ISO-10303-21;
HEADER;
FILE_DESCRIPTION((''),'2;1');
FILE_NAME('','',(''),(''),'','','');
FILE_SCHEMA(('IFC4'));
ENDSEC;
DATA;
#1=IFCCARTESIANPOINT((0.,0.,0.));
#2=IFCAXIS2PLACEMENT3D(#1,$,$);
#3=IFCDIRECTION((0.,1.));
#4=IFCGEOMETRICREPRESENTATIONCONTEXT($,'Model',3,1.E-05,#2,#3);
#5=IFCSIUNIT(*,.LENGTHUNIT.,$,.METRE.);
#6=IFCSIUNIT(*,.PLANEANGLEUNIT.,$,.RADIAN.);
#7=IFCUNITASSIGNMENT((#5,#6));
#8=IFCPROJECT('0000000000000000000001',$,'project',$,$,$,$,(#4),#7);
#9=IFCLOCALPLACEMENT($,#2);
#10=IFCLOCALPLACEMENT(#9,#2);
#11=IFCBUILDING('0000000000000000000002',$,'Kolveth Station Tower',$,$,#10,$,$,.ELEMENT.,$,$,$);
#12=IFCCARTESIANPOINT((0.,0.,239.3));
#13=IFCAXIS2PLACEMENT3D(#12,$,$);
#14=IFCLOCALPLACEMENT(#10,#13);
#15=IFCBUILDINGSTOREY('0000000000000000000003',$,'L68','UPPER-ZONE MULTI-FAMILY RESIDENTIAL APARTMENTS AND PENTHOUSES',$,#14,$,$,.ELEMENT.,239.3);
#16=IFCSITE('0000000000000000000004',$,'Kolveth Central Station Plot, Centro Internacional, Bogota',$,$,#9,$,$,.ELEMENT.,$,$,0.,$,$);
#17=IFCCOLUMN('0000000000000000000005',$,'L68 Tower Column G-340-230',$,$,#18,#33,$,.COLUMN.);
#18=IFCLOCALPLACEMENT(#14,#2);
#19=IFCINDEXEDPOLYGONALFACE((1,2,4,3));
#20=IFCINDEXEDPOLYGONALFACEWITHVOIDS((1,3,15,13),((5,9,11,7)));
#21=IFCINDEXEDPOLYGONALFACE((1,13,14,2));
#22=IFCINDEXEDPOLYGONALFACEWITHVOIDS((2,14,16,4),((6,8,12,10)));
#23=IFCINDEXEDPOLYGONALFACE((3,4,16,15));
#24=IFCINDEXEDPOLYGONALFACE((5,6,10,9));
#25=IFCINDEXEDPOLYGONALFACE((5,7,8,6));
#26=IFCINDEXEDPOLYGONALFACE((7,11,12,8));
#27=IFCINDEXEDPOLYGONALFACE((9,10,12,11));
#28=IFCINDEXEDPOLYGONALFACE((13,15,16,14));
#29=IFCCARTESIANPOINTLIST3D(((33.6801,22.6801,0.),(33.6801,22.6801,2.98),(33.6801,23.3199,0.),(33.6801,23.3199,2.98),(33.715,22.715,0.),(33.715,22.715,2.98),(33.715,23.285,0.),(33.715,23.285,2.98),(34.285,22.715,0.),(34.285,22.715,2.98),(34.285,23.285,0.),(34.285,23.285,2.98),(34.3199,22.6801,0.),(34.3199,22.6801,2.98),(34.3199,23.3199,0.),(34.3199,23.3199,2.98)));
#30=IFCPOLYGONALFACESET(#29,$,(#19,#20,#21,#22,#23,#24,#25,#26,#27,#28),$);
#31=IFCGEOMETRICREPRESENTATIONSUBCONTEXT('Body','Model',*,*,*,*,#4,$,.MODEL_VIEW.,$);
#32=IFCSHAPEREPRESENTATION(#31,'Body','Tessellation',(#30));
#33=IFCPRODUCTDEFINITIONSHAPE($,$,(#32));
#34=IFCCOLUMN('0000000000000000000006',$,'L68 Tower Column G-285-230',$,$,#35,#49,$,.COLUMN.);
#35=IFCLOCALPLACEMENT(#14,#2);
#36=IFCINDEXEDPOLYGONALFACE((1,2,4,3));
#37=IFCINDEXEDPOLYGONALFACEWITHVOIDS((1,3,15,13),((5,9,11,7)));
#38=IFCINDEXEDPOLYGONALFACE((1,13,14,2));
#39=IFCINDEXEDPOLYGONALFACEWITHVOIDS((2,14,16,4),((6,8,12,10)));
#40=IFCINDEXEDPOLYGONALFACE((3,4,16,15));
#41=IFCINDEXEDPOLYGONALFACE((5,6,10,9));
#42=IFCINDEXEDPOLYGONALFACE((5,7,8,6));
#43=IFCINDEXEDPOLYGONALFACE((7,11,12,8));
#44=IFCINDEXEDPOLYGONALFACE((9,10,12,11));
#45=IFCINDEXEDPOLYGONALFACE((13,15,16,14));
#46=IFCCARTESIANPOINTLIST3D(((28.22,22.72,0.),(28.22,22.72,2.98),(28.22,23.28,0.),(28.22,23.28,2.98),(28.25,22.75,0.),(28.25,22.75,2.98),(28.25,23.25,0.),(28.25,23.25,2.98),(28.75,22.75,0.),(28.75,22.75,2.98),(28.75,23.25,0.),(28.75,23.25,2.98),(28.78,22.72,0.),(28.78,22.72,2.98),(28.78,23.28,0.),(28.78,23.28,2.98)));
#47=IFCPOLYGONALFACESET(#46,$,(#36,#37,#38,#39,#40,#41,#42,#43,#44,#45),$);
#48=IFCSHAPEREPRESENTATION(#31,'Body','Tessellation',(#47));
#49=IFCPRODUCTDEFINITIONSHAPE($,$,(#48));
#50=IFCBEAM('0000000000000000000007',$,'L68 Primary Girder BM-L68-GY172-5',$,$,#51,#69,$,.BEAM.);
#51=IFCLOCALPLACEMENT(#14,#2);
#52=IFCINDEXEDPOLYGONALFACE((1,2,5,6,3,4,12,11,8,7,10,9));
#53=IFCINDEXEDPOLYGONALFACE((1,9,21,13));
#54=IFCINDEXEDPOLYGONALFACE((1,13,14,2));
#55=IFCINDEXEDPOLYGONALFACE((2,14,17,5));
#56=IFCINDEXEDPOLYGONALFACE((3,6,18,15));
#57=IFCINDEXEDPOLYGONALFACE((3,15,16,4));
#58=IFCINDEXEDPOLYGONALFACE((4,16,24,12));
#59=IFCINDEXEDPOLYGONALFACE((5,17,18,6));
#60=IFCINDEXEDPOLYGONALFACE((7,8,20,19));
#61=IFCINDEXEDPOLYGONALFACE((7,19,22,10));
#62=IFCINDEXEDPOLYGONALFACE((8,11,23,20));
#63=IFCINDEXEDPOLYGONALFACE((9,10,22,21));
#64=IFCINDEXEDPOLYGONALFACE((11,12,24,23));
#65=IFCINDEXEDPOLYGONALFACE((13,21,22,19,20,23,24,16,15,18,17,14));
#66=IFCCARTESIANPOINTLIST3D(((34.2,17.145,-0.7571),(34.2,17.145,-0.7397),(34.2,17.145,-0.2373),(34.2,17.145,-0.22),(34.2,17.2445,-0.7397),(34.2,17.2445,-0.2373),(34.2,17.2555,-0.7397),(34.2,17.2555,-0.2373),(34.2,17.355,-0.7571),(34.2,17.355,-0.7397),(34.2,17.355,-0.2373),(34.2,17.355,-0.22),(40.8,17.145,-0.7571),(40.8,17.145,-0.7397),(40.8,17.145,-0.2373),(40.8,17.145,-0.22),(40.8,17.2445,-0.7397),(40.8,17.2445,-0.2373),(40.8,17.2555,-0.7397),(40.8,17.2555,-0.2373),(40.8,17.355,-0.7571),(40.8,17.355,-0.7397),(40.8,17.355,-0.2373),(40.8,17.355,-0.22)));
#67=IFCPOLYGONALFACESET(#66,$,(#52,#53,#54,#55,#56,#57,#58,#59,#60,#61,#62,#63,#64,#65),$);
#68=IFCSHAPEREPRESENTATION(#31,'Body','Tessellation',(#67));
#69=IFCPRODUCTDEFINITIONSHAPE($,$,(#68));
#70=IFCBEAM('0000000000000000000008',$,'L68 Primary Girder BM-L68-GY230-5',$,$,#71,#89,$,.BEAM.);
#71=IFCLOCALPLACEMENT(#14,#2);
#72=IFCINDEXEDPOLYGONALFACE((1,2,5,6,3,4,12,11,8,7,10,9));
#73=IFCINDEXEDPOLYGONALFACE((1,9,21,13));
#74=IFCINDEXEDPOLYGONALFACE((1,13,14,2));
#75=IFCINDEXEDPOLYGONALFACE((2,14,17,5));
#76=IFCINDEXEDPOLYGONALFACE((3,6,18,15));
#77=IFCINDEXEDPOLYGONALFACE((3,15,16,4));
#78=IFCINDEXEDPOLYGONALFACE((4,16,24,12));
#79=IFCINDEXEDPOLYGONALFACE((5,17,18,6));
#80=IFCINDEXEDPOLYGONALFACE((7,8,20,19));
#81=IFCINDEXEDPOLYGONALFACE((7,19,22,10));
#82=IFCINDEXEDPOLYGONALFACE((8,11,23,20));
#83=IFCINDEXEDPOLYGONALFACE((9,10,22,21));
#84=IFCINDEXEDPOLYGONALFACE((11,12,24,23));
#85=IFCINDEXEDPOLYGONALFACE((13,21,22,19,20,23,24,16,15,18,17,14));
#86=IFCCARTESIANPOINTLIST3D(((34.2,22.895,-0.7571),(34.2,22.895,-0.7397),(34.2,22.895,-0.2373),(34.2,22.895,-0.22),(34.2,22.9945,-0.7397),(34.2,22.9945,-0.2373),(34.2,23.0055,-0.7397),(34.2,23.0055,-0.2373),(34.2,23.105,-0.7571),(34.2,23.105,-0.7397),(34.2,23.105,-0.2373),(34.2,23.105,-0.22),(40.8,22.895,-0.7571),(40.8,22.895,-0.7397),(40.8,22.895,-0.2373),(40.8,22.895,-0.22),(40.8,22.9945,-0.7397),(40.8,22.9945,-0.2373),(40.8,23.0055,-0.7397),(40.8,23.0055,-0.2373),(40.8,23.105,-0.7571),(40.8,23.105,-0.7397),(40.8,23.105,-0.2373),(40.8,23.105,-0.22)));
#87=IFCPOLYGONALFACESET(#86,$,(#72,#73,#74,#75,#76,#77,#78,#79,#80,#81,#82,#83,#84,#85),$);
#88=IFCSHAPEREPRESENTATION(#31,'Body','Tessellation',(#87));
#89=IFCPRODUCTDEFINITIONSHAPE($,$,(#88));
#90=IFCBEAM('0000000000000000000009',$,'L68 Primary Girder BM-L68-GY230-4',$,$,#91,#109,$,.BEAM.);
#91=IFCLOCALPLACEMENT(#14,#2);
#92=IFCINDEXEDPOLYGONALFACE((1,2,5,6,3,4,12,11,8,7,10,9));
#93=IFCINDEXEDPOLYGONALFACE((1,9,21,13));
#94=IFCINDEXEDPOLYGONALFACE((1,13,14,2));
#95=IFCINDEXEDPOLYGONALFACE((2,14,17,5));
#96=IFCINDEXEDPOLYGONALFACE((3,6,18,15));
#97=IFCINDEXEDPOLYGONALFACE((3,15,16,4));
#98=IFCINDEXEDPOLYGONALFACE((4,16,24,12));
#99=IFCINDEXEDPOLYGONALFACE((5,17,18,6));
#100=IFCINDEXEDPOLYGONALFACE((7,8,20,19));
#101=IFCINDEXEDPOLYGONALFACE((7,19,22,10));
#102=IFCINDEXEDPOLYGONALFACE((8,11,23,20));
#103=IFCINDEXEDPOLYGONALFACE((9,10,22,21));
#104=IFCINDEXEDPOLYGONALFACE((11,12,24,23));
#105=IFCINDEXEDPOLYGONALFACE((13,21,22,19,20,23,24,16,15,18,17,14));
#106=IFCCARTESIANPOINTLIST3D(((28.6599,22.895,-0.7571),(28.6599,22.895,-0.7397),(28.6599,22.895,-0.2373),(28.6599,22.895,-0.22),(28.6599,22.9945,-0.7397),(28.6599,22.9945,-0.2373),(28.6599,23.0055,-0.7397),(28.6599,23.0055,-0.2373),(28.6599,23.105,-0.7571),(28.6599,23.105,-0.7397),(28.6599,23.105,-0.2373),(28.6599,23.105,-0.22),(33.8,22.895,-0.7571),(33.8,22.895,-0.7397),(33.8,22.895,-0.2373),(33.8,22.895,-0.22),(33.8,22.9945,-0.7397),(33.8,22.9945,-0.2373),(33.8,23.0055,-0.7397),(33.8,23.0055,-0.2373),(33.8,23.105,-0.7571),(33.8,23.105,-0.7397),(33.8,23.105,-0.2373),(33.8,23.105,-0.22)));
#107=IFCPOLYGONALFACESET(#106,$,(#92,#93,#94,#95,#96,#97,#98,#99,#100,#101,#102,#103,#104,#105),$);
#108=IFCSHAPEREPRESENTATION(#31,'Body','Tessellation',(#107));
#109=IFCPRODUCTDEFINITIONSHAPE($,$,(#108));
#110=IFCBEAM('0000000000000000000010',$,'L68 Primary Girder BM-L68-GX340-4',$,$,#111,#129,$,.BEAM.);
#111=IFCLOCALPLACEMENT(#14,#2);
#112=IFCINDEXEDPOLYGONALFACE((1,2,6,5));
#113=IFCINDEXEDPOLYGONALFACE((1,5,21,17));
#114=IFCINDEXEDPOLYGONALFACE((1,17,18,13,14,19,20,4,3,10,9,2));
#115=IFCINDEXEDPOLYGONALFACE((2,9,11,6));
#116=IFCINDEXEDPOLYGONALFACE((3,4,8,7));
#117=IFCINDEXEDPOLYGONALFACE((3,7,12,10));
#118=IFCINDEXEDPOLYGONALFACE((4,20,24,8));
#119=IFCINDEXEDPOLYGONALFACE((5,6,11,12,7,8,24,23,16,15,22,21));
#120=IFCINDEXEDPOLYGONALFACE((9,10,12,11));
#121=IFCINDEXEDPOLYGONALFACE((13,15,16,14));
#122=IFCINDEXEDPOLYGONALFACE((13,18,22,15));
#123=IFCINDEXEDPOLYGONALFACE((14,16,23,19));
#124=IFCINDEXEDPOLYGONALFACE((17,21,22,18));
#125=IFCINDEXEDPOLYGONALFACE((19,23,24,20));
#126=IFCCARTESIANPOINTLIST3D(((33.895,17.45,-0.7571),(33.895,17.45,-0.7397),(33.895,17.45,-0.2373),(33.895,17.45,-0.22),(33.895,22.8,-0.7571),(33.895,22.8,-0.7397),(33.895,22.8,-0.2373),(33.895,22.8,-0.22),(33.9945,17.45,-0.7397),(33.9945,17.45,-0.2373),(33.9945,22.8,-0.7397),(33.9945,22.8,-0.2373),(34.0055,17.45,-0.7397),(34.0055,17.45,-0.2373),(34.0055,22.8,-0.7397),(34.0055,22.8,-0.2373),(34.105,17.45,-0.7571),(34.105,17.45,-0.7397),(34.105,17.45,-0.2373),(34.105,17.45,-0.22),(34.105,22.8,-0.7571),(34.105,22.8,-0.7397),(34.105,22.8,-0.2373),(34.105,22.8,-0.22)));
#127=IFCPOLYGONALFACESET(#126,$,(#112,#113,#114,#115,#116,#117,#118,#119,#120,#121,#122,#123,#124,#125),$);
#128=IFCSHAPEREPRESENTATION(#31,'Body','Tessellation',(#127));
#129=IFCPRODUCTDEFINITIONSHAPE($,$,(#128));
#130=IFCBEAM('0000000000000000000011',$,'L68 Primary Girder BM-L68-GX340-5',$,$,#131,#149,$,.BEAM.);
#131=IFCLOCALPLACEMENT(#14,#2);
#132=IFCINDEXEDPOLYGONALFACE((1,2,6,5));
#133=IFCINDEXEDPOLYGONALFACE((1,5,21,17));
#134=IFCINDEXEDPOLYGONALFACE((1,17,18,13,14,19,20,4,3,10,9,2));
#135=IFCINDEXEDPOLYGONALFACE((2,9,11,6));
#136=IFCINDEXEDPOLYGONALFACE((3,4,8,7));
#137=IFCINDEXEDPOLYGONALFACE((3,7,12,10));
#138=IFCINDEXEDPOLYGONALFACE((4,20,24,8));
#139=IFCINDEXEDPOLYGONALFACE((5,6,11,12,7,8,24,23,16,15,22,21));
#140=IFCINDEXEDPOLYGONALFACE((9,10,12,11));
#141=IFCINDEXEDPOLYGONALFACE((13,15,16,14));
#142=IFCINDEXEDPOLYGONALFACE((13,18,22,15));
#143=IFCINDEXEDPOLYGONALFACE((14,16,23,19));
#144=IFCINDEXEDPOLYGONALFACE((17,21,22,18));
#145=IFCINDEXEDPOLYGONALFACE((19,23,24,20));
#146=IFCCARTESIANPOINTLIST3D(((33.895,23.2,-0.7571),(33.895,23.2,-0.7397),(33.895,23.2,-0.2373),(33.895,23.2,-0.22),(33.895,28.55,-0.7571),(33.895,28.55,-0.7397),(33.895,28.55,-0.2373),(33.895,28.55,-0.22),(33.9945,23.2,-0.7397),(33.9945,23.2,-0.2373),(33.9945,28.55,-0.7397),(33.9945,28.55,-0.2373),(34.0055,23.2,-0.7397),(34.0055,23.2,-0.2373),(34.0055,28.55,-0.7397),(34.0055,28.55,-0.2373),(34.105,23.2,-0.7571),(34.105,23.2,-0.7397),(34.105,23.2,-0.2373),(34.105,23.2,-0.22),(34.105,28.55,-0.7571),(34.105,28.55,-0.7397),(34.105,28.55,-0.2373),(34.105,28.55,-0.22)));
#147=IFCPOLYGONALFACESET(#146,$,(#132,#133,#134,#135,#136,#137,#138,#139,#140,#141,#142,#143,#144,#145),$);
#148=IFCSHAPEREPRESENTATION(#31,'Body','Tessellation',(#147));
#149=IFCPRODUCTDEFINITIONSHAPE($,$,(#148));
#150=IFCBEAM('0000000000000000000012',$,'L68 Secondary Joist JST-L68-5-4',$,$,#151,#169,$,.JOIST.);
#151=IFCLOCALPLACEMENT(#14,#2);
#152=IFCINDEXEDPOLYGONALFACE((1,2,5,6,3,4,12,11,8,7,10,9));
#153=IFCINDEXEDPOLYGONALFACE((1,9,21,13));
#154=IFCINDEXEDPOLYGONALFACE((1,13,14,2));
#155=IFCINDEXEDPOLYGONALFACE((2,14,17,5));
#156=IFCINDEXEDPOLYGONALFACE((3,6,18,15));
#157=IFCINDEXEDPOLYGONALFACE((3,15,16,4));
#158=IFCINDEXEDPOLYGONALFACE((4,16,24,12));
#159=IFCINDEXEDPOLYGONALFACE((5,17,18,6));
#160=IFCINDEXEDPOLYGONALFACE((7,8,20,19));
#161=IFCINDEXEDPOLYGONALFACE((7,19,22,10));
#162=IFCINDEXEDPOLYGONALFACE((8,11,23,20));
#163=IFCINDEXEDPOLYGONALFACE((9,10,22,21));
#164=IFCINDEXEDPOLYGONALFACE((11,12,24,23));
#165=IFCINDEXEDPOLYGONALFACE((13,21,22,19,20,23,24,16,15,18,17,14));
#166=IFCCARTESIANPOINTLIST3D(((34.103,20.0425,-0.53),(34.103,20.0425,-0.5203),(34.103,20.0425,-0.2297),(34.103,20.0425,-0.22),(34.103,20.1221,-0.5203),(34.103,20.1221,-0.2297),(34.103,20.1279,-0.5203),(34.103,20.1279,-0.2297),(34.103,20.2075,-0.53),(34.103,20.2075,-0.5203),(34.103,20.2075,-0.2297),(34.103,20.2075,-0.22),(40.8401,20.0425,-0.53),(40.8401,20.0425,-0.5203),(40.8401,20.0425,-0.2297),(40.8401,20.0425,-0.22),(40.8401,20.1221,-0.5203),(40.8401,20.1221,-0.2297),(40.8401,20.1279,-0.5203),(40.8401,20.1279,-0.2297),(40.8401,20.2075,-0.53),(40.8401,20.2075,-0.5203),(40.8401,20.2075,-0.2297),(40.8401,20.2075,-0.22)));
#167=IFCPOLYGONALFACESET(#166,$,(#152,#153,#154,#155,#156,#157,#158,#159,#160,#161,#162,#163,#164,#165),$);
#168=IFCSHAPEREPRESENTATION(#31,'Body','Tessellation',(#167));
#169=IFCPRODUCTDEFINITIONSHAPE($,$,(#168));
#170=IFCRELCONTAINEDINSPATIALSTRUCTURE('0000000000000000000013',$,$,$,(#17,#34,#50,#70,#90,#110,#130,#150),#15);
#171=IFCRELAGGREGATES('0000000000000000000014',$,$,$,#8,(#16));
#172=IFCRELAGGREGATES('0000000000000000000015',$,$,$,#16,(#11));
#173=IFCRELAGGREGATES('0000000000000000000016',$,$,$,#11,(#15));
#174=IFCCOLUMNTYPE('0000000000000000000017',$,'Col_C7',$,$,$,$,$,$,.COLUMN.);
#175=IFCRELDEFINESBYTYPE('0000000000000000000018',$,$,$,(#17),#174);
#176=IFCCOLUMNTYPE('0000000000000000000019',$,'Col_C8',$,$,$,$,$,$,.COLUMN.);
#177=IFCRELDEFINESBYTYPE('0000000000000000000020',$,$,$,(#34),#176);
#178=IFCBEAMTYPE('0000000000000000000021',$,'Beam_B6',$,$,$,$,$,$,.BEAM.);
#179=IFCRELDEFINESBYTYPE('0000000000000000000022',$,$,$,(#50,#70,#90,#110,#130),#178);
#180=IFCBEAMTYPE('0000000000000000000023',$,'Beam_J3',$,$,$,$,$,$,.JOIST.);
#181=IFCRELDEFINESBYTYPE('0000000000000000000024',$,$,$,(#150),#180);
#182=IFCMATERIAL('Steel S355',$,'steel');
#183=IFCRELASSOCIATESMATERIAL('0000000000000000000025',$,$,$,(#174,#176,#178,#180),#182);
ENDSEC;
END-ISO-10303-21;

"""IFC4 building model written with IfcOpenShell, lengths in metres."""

from ifc_helpers import new_model, si_unit, direction, frame, origin, origin_2d, place, context, subcontext, project, spatial, hollow_rectangle, i_section, extrude, source, transform, mapped, material, material_profile, profile_set, type_object, element, save


model = new_model("IFC4")

# Units and contexts
model_context = context("Model", 3, precision=1e-05, world=origin(), true_north=direction((0.0, 1.0)))
body_context = subcontext(model_context, "Body", "Model", "MODEL_VIEW")
ifc_project = project(units=[si_unit("LENGTHUNIT", "METRE"), si_unit("PLANEANGLEUNIT", "RADIAN")], contexts=[model_context])

# Site, building, storey
site_placement = place(None, origin())
site = spatial("IfcSite", under=ifc_project, at=site_placement, Name="Kolveth Central Station Plot, Centro Internacional, Bogota", CompositionType="ELEMENT", RefElevation=0.0)
building_placement = place(site_placement, origin())
building = spatial("IfcBuilding", under=site, at=building_placement, Name="Kolveth Station Tower", CompositionType="ELEMENT")
storey_placement = place(building_placement, frame((0.0, 0.0, 239.3)))
storey = spatial("IfcBuildingStorey", under=building, at=storey_placement, Name="L68", Description="UPPER-ZONE MULTI-FAMILY RESIDENTIAL APARTMENTS AND PENTHOUSES", CompositionType="ELEMENT", Elevation=239.3)

# Columns
ifc_material_1 = material(Name="Steel S355", Category="steel")
ifc_material_profile_1 = material_profile(ifc_material_1, hollow_rectangle(XDim=0.6399, YDim=0.6399, WallThickness=0.0349, at=origin_2d()), Name="BOX640x640x35")
ifc_profile_set_1 = profile_set([ifc_material_profile_1], Name="Steel S355")
column_type_1 = type_object("IfcColumnType", Name="Col_C7", PredefinedType="COLUMN", material=ifc_profile_set_1)
shared_shape_1 = source(origin(), body_context, "Body", "SweptSolid", [
    extrude(hollow_rectangle(XDim=0.6399, YDim=0.6399, WallThickness=0.0349, at=origin_2d()), origin(), (0.0, 0.0, 1.0), 2.98),
])
column_1_placement = place(storey_placement, frame((34.0, 23.0, 0.0), z_axis=(0.0, 0.0, 1.0), x_axis=(1.0, 0.0, 0.0)))
element("IfcColumn", 1, at=column_1_placement, inside=storey, type_object=column_type_1, Name="L68 Tower Column G-340-230", PredefinedType="COLUMN", context=body_context, shape_type="MappedRepresentation", body=[
    mapped(shared_shape_1, transform((0.0, 0.0, 0.0), x_axis=(1.0, 0.0, 0.0), y_axis=(0.0, 1.0, 0.0), z_axis=(0.0, 0.0, 1.0), scale=1.0)),
])
ifc_material_profile_2 = material_profile(ifc_material_1, hollow_rectangle(XDim=0.5601, YDim=0.5601, WallThickness=0.03, at=origin_2d()), Name="BOX560x560x30")
ifc_profile_set_2 = profile_set([ifc_material_profile_2], Name="Steel S355")
column_type_2 = type_object("IfcColumnType", Name="Col_C8", PredefinedType="COLUMN", material=ifc_profile_set_2)
shared_shape_2 = source(origin(), body_context, "Body", "SweptSolid", [
    extrude(hollow_rectangle(XDim=0.5601, YDim=0.5601, WallThickness=0.03, at=origin_2d()), origin(), (0.0, 0.0, 1.0), 2.98),
])
column_2_placement = place(storey_placement, frame((28.5, 23.0, 0.0), z_axis=(0.0, 0.0, 1.0), x_axis=(1.0, 0.0, 0.0)))
element("IfcColumn", 2, at=column_2_placement, inside=storey, type_object=column_type_2, Name="L68 Tower Column G-285-230", PredefinedType="COLUMN", context=body_context, shape_type="MappedRepresentation", body=[
    mapped(shared_shape_2, transform((0.0, 0.0, 0.0), x_axis=(1.0, 0.0, 0.0), y_axis=(0.0, 1.0, 0.0), z_axis=(0.0, 0.0, 1.0), scale=1.0)),
])

# Beams
ifc_material_profile_3 = material_profile(ifc_material_1, i_section(OverallWidth=0.21, OverallDepth=0.5371, WebThickness=0.011, FlangeThickness=0.0173, at=origin_2d()), Name="W530x101")
ifc_profile_set_3 = profile_set([ifc_material_profile_3], Name="Steel S355")
beam_type_1 = type_object("IfcBeamType", Name="Beam_B6", PredefinedType="BEAM", material=ifc_profile_set_3)
shared_shape_3 = source(origin(), body_context, "Body", "SweptSolid", [
    extrude(i_section(OverallWidth=0.21, OverallDepth=0.5371, WebThickness=0.011, FlangeThickness=0.0173, at=origin_2d()), origin(), (0.0, 0.0, 1.0), 6.6001),
])
for number, where, z_axis, x_axis, name in (
    (3, (34.2, 17.25, -0.4885), (1.0, 0.0, 0.0), (0.0, 1.0, 0.0), "L68 Primary Girder BM-L68-GY172-5"),
    (4, (34.2, 23.0, -0.4885), (1.0, 0.0, 0.0), (0.0, 1.0, 0.0), "L68 Primary Girder BM-L68-GY230-5"),
):
    element("IfcBeam", number, at=place(storey_placement, frame(where, z_axis=z_axis, x_axis=x_axis)), inside=storey, type_object=beam_type_1, Name=name, PredefinedType="BEAM", context=body_context, shape_type="MappedRepresentation", body=[
        mapped(shared_shape_3, transform((0.0, 0.0, 0.0), x_axis=(1.0, 0.0, 0.0), y_axis=(0.0, 1.0, 0.0), z_axis=(0.0, 0.0, 1.0), scale=1.0)),
    ])
shared_shape_4 = source(origin(), body_context, "Body", "SweptSolid", [
    extrude(i_section(OverallWidth=0.21, OverallDepth=0.5371, WebThickness=0.011, FlangeThickness=0.0173, at=origin_2d()), origin(), (0.0, 0.0, 1.0), 5.1401),
])
beam_1_placement = place(storey_placement, frame((28.6599, 23.0, -0.4885), z_axis=(1.0, 0.0, 0.0), x_axis=(0.0, 1.0, 0.0)))
element("IfcBeam", 5, at=beam_1_placement, inside=storey, type_object=beam_type_1, Name="L68 Primary Girder BM-L68-GY230-4", PredefinedType="BEAM", context=body_context, shape_type="MappedRepresentation", body=[
    mapped(shared_shape_4, transform((0.0, 0.0, 0.0), x_axis=(1.0, 0.0, 0.0), y_axis=(0.0, 1.0, 0.0), z_axis=(0.0, 0.0, 1.0), scale=1.0)),
])
shared_shape_5 = source(origin(), body_context, "Body", "SweptSolid", [
    extrude(i_section(OverallWidth=0.21, OverallDepth=0.5371, WebThickness=0.011, FlangeThickness=0.0173, at=origin_2d()), origin(), (0.0, 0.0, 1.0), 5.3501),
])
for number, where, z_axis, x_axis, name in (
    (6, (34.0, 17.45, -0.4885), (0.0, 1.0, 0.0), (-1.0, 0.0, 0.0), "L68 Primary Girder BM-L68-GX340-4"),
    (7, (34.0, 23.2, -0.4885), (0.0, 1.0, 0.0), (-1.0, 0.0, 0.0), "L68 Primary Girder BM-L68-GX340-5"),
):
    element("IfcBeam", number, at=place(storey_placement, frame(where, z_axis=z_axis, x_axis=x_axis)), inside=storey, type_object=beam_type_1, Name=name, PredefinedType="BEAM", context=body_context, shape_type="MappedRepresentation", body=[
        mapped(shared_shape_5, transform((0.0, 0.0, 0.0), x_axis=(1.0, 0.0, 0.0), y_axis=(0.0, 1.0, 0.0), z_axis=(0.0, 0.0, 1.0), scale=1.0)),
    ])
ifc_material_profile_4 = material_profile(ifc_material_1, i_section(OverallWidth=0.165, OverallDepth=0.3101, WebThickness=0.0059, FlangeThickness=0.0098, at=origin_2d()), Name="W310x39")
ifc_profile_set_4 = profile_set([ifc_material_profile_4], Name="Steel S355")
beam_type_2 = type_object("IfcBeamType", Name="Beam_J3", PredefinedType="JOIST", material=ifc_profile_set_4)
shared_shape_6 = source(origin(), body_context, "Body", "SweptSolid", [
    extrude(i_section(OverallWidth=0.165, OverallDepth=0.3101, WebThickness=0.0059, FlangeThickness=0.0098, at=origin_2d()), origin(), (0.0, 0.0, 1.0), 6.7371),
])
beam_2_placement = place(storey_placement, frame((34.103, 20.125, -0.375), z_axis=(1.0, 0.0, 0.0), x_axis=(0.0, 1.0, 0.0)))
element("IfcBeam", 8, at=beam_2_placement, inside=storey, type_object=beam_type_2, Name="L68 Secondary Joist JST-L68-5-4", PredefinedType="JOIST", context=body_context, shape_type="MappedRepresentation", body=[
    mapped(shared_shape_6, transform((0.0, 0.0, 0.0), x_axis=(1.0, 0.0, 0.0), y_axis=(0.0, 1.0, 0.0), z_axis=(0.0, 0.0, 1.0), scale=1.0)),
])

save(model, "model.ifc")
